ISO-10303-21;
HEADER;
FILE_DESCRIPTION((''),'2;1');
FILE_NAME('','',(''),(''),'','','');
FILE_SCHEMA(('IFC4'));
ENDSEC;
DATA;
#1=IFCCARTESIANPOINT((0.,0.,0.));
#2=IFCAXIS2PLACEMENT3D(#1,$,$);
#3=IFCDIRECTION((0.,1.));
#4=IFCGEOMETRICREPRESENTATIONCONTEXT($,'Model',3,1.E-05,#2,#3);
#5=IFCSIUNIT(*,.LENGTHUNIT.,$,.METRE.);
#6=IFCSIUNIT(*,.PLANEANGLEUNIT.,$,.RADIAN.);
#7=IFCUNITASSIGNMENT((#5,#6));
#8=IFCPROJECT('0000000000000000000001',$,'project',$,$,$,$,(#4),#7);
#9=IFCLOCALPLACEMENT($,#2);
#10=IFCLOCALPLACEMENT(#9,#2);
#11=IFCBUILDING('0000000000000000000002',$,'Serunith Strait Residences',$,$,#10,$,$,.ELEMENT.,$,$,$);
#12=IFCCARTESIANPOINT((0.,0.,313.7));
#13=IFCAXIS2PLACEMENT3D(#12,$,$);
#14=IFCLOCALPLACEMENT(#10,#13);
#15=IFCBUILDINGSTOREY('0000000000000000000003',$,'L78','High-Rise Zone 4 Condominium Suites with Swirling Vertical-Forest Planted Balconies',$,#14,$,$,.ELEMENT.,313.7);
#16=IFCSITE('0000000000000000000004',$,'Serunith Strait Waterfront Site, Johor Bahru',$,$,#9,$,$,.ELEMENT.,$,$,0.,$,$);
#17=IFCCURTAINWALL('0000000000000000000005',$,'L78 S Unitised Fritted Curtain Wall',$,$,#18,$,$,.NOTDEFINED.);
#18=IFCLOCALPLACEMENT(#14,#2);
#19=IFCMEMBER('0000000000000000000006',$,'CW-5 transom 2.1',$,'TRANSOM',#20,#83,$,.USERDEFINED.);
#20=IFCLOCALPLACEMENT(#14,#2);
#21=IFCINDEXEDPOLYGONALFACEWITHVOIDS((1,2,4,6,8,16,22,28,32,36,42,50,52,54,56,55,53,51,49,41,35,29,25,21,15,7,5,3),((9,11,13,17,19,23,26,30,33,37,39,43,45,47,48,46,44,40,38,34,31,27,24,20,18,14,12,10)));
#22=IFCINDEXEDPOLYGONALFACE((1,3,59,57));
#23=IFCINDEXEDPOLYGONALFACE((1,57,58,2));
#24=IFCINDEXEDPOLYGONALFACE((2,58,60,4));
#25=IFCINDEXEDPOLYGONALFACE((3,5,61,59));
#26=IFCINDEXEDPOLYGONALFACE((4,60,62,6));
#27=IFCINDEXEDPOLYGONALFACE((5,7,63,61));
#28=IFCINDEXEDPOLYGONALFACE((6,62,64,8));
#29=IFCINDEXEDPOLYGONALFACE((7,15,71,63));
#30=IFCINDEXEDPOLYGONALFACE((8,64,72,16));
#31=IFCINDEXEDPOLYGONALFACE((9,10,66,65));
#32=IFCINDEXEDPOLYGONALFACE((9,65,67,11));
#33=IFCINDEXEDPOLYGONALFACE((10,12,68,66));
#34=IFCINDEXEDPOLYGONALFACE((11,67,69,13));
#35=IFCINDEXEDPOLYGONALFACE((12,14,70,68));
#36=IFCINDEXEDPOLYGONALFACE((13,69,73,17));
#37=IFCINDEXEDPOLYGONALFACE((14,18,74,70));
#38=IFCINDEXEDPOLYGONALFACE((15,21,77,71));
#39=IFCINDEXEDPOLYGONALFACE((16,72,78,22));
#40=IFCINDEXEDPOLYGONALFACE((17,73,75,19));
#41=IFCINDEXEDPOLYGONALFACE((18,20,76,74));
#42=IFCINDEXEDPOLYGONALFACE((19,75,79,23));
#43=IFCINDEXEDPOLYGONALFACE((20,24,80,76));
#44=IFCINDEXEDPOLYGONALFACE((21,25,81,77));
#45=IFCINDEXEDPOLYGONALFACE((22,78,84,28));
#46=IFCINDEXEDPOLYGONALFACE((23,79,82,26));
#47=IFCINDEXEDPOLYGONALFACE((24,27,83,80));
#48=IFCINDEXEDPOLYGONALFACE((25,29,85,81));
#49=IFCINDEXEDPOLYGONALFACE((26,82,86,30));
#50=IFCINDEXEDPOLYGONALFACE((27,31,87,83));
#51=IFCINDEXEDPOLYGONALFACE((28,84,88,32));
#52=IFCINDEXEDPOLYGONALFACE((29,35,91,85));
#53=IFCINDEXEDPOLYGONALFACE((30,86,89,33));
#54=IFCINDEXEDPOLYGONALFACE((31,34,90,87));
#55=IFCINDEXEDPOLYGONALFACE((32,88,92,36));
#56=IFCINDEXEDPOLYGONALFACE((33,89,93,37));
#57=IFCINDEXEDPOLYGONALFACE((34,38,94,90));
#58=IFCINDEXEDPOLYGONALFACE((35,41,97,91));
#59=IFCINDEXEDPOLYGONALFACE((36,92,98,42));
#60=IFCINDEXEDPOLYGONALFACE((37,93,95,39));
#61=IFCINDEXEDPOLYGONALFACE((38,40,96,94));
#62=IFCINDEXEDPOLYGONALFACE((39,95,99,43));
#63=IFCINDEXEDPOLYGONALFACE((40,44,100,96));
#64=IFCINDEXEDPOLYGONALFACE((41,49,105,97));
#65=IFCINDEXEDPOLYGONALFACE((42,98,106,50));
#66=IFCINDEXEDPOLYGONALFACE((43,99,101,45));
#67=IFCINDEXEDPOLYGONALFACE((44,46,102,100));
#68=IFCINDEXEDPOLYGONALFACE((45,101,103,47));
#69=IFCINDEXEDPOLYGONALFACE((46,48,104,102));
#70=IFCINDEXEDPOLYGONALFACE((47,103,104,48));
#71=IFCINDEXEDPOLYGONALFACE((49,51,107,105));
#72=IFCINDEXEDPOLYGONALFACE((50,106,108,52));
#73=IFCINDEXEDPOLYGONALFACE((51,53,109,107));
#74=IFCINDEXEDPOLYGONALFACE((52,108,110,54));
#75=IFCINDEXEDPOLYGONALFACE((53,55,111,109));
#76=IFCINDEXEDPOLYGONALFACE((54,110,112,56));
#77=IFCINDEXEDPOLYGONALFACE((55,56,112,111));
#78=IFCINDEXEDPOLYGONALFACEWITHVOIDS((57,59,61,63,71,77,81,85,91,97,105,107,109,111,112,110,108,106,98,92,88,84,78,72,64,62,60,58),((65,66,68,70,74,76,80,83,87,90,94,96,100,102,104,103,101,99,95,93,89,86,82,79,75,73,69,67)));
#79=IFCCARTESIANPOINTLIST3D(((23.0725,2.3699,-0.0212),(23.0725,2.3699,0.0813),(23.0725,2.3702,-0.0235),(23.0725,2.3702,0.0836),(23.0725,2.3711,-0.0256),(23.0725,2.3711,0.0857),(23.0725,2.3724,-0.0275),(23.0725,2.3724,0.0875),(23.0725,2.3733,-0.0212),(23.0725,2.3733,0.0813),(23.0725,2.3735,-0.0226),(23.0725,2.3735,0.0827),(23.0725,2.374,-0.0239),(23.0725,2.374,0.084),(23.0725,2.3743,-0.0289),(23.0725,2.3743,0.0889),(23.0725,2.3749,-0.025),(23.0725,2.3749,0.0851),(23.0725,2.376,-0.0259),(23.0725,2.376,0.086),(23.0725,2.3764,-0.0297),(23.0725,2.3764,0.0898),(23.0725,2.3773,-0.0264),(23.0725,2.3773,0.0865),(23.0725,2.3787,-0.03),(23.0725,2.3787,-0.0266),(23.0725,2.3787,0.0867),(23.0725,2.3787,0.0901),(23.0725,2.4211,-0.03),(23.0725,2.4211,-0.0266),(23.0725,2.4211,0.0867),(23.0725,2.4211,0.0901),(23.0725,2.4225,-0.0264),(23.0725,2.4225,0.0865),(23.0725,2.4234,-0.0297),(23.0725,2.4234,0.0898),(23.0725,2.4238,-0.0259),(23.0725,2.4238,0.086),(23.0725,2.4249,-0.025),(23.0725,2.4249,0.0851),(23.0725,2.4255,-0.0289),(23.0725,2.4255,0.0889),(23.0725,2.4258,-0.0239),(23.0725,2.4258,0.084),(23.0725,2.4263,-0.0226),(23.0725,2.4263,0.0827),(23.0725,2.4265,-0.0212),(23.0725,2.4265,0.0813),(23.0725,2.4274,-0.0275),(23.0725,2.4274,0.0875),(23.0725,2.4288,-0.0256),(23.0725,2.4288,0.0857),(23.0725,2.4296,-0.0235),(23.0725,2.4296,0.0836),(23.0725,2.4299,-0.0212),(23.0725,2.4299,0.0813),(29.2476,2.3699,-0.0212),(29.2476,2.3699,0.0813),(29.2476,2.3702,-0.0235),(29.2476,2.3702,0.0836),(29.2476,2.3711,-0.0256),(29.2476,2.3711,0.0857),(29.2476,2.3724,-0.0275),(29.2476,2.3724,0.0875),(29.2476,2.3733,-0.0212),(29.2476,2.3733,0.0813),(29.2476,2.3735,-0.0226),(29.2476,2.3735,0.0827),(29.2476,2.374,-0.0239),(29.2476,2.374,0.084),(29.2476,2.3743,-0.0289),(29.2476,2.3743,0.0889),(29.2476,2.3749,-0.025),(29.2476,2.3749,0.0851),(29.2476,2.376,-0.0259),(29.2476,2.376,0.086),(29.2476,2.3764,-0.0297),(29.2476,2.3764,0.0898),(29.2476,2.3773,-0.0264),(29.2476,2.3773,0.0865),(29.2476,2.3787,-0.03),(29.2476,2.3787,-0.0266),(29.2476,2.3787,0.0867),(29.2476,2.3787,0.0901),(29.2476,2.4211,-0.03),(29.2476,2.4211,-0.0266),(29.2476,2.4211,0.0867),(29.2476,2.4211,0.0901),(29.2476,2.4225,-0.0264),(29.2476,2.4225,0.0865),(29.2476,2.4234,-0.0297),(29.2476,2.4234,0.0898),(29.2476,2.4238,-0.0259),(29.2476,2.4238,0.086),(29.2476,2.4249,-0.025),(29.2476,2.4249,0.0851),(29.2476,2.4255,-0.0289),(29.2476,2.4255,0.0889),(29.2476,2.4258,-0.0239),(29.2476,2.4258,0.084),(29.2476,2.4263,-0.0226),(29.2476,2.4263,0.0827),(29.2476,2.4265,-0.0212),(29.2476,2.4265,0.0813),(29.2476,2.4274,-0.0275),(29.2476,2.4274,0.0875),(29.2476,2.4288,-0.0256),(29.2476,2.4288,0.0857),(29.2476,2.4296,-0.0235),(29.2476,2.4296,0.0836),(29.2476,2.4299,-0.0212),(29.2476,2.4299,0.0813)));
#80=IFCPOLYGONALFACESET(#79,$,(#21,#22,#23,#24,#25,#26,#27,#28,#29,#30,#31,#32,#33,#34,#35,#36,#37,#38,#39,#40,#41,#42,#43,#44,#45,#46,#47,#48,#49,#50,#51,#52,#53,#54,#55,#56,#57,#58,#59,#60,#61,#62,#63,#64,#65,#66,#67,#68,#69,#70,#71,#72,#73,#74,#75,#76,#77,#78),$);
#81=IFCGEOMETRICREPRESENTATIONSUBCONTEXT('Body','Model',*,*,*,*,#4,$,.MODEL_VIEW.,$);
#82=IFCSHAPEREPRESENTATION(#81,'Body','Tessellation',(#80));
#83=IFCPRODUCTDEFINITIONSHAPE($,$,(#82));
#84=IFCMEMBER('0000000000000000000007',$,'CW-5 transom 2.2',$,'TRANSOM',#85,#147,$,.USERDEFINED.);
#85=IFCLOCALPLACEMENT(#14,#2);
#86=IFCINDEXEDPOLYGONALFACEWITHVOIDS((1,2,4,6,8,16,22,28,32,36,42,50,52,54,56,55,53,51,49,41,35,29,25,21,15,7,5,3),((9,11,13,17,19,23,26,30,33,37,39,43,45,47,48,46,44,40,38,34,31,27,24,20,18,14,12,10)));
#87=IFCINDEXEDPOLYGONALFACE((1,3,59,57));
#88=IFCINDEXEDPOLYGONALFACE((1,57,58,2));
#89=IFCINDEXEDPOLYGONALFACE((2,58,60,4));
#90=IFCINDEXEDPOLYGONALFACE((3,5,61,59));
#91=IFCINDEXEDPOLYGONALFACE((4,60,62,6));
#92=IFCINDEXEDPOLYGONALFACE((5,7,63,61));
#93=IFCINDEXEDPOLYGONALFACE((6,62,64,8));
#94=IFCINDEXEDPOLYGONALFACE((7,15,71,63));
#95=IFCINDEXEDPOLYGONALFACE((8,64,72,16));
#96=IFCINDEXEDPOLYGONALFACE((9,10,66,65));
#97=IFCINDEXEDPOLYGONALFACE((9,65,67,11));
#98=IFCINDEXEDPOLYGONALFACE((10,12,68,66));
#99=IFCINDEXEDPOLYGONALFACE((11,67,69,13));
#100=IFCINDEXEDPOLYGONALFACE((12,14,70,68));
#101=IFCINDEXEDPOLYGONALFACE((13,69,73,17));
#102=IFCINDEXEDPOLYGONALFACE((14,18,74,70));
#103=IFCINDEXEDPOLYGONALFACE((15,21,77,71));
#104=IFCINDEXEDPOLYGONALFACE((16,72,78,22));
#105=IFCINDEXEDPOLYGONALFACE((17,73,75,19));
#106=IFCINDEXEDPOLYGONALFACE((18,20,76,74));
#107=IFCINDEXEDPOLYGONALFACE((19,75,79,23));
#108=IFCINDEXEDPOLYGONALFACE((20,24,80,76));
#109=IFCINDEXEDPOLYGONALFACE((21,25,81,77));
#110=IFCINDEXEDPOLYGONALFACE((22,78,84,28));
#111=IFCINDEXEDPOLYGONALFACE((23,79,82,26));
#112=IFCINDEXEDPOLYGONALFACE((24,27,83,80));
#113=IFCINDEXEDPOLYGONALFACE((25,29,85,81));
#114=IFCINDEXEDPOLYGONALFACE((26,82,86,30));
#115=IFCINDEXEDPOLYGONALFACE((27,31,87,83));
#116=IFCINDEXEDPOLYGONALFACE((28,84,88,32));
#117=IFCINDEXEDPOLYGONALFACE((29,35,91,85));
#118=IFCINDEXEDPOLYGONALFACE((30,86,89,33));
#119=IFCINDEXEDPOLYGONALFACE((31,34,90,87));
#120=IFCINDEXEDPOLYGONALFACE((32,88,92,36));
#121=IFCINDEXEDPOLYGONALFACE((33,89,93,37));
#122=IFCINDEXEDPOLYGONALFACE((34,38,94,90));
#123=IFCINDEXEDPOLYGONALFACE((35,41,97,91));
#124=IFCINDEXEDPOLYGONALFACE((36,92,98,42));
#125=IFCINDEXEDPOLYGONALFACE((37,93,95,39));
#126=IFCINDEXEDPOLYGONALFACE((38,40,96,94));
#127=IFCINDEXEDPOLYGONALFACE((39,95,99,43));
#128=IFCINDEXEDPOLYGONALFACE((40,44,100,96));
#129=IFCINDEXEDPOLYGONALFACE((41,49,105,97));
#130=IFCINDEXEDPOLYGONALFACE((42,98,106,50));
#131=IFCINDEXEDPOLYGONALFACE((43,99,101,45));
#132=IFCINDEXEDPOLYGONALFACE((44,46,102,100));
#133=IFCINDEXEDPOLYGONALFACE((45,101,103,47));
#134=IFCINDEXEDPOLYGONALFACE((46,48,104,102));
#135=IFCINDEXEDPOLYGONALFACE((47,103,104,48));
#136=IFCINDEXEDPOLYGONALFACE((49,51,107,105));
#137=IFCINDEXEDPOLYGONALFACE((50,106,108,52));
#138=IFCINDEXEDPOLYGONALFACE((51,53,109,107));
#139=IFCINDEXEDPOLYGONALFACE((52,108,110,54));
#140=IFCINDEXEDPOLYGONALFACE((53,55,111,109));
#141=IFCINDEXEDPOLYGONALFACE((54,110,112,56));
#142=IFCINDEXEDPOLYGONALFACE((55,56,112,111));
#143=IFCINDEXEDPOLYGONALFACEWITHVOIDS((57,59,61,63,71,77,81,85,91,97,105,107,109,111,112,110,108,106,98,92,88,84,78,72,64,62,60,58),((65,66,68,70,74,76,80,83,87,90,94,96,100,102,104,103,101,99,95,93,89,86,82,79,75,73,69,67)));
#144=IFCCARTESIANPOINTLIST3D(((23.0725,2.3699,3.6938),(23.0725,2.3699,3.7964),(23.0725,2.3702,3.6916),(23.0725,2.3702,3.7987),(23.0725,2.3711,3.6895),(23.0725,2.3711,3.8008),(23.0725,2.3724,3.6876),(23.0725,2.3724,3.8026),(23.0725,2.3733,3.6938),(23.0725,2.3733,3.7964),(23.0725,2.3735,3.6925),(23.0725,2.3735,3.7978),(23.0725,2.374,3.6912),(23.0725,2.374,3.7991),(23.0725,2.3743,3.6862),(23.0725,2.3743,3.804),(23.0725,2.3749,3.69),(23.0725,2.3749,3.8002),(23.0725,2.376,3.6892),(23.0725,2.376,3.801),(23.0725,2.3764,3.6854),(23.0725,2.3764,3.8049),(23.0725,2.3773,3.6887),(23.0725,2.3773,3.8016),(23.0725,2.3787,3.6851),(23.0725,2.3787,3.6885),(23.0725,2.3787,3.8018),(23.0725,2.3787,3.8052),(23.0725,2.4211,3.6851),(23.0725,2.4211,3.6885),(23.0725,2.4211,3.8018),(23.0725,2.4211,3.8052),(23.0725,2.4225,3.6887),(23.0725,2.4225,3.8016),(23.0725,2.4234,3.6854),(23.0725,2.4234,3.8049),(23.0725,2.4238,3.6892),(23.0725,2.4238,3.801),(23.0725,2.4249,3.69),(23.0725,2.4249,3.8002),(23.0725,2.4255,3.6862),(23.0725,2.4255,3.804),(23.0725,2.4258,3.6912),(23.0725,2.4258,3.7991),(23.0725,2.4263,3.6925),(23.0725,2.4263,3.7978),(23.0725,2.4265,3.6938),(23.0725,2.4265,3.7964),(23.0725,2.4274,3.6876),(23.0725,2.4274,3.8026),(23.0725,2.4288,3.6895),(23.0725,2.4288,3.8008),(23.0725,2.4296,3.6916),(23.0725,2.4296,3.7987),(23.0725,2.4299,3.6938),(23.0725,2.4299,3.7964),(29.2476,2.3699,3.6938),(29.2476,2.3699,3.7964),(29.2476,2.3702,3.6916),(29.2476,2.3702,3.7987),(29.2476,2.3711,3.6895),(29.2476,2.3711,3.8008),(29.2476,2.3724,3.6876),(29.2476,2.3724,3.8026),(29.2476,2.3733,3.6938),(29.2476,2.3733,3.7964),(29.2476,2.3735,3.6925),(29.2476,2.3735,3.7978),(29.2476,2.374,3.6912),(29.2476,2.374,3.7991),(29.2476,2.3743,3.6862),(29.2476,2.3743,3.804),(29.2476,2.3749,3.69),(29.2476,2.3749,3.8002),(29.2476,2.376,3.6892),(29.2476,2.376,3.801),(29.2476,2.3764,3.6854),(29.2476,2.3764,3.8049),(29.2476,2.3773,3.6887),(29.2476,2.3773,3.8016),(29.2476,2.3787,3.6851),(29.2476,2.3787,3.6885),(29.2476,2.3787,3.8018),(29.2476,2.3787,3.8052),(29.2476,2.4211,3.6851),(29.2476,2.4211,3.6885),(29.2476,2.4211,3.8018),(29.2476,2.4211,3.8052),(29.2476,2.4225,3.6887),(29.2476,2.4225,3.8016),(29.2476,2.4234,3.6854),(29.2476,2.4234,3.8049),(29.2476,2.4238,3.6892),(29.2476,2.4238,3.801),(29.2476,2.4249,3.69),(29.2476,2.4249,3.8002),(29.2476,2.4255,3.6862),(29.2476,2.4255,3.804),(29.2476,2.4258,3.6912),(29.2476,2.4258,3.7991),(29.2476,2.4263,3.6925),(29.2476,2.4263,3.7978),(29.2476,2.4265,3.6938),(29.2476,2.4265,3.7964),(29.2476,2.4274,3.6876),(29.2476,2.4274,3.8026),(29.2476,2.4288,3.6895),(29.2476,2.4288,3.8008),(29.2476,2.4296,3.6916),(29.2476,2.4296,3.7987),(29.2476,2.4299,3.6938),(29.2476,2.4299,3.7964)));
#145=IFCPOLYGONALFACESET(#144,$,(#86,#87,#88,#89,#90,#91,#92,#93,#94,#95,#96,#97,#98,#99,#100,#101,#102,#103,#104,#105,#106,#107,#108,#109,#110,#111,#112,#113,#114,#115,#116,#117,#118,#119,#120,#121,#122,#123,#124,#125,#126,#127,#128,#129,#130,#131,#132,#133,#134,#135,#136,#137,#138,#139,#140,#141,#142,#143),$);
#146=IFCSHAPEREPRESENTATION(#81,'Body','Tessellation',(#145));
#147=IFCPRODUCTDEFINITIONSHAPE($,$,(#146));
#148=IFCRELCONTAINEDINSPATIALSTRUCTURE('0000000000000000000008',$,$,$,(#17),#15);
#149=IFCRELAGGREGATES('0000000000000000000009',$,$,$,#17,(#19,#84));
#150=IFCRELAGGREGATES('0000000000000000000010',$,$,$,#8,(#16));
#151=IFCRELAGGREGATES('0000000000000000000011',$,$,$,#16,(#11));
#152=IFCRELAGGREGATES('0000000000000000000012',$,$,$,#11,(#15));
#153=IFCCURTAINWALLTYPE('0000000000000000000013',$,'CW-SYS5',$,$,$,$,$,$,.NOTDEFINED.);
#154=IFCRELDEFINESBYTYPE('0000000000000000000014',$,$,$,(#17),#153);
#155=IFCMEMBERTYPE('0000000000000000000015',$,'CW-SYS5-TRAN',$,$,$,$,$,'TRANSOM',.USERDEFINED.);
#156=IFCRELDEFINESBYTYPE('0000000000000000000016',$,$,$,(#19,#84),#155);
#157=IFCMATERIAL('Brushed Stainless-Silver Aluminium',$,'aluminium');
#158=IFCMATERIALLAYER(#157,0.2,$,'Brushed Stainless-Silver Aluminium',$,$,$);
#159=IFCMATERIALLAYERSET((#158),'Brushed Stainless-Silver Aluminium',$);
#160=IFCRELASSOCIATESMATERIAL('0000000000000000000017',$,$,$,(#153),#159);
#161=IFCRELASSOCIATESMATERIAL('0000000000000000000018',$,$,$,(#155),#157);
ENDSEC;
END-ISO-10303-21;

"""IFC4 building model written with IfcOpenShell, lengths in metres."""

from ifc_helpers import new_model, si_unit, direction, frame, origin, origin_2d, place, context, subcontext, project, spatial, hollow_rectangle, extrude, source, transform, mapped, material, layer, layer_set, material_profile, profile_set, type_object, element, aggregate, save


model = new_model("IFC4")

# Units and contexts
model_context = context("Model", 3, precision=1e-05, world=origin(), true_north=direction((0.0, 1.0)))
body_context = subcontext(model_context, "Body", "Model", "MODEL_VIEW")
ifc_project = project(units=[si_unit("LENGTHUNIT", "METRE"), si_unit("PLANEANGLEUNIT", "RADIAN")], contexts=[model_context])

# Site, building, storey
site_placement = place(None, origin())
site = spatial("IfcSite", under=ifc_project, at=site_placement, Name="Serunith Strait Waterfront Site, Johor Bahru", CompositionType="ELEMENT", RefElevation=0.0)
building_placement = place(site_placement, origin())
building = spatial("IfcBuilding", under=site, at=building_placement, Name="Serunith Strait Residences", CompositionType="ELEMENT")
storey_placement = place(building_placement, frame((0.0, 0.0, 313.7)))
storey = spatial("IfcBuildingStorey", under=building, at=storey_placement, Name="L78", Description="High-Rise Zone 4 Condominium Suites with Swirling Vertical-Forest Planted Balconies", CompositionType="ELEMENT", Elevation=313.7)

# Curtain wall, members
ifc_material_1 = material(Name="Brushed Stainless-Silver Aluminium", Category="aluminium")
ifc_layer_1 = layer(ifc_material_1, 0.2, Name="Brushed Stainless-Silver Aluminium")
ifc_layer_set_1 = layer_set([ifc_layer_1], Name="Brushed Stainless-Silver Aluminium")
curtain_wall_type = type_object("IfcCurtainWallType", Name="CW-SYS5", PredefinedType="NOTDEFINED", material=ifc_layer_set_1)
curtain_wall_placement = place(storey_placement, origin())
curtain_wall = element("IfcCurtainWall", 1, at=curtain_wall_placement, inside=storey, type_object=curtain_wall_type, Name="L78 S Unitised Fritted Curtain Wall", PredefinedType="NOTDEFINED")
ifc_material_profile_1 = material_profile(ifc_material_1, hollow_rectangle(XDim=0.0601, YDim=0.1201, WallThickness=0.0034, InnerFilletRadius=0.0054, OuterFilletRadius=0.0088, at=origin_2d()), Name="ALU 120x60x3.5")
ifc_profile_set_1 = profile_set([ifc_material_profile_1], Name="Brushed Stainless-Silver Aluminium")
member_type_1 = type_object("IfcMemberType", Name="CW-SYS5-TRAN", ElementType="TRANSOM", PredefinedType="USERDEFINED", material=ifc_profile_set_1)
shared_shape_1 = source(origin(), body_context, "Body", "SweptSolid", [
    extrude(hollow_rectangle(XDim=0.0601, YDim=0.1201, WallThickness=0.0034, InnerFilletRadius=0.0054, OuterFilletRadius=0.0088, at=origin_2d()), origin(), (0.0, 0.0, 1.0), 6.175),
])
member_1_placement = place(storey_placement, frame((23.0725, 2.3999, 0.03), z_axis=(1.0, 0.0, 0.0), x_axis=(0.0, 1.0, 0.0)))
member_1 = element("IfcMember", 2, at=member_1_placement, type_object=member_type_1, Name="CW-5 transom 2.1", ObjectType="TRANSOM", PredefinedType="USERDEFINED", context=body_context, shape_type="MappedRepresentation", body=[
    mapped(shared_shape_1, transform((0.0, 0.0, 0.0), scale=1.0)),
])
member_2_placement = place(storey_placement, frame((23.0725, 2.3999, 3.7451), z_axis=(1.0, 0.0, 0.0), x_axis=(0.0, 1.0, 0.0)))
member_2 = element("IfcMember", 3, at=member_2_placement, type_object=member_type_1, Name="CW-5 transom 2.2", ObjectType="TRANSOM", PredefinedType="USERDEFINED", context=body_context, shape_type="MappedRepresentation", body=[
    mapped(shared_shape_1, transform((0.0, 0.0, 0.0), scale=1.0)),
])
aggregate(curtain_wall, [member_1, member_2])

save(model, "model.ifc")
